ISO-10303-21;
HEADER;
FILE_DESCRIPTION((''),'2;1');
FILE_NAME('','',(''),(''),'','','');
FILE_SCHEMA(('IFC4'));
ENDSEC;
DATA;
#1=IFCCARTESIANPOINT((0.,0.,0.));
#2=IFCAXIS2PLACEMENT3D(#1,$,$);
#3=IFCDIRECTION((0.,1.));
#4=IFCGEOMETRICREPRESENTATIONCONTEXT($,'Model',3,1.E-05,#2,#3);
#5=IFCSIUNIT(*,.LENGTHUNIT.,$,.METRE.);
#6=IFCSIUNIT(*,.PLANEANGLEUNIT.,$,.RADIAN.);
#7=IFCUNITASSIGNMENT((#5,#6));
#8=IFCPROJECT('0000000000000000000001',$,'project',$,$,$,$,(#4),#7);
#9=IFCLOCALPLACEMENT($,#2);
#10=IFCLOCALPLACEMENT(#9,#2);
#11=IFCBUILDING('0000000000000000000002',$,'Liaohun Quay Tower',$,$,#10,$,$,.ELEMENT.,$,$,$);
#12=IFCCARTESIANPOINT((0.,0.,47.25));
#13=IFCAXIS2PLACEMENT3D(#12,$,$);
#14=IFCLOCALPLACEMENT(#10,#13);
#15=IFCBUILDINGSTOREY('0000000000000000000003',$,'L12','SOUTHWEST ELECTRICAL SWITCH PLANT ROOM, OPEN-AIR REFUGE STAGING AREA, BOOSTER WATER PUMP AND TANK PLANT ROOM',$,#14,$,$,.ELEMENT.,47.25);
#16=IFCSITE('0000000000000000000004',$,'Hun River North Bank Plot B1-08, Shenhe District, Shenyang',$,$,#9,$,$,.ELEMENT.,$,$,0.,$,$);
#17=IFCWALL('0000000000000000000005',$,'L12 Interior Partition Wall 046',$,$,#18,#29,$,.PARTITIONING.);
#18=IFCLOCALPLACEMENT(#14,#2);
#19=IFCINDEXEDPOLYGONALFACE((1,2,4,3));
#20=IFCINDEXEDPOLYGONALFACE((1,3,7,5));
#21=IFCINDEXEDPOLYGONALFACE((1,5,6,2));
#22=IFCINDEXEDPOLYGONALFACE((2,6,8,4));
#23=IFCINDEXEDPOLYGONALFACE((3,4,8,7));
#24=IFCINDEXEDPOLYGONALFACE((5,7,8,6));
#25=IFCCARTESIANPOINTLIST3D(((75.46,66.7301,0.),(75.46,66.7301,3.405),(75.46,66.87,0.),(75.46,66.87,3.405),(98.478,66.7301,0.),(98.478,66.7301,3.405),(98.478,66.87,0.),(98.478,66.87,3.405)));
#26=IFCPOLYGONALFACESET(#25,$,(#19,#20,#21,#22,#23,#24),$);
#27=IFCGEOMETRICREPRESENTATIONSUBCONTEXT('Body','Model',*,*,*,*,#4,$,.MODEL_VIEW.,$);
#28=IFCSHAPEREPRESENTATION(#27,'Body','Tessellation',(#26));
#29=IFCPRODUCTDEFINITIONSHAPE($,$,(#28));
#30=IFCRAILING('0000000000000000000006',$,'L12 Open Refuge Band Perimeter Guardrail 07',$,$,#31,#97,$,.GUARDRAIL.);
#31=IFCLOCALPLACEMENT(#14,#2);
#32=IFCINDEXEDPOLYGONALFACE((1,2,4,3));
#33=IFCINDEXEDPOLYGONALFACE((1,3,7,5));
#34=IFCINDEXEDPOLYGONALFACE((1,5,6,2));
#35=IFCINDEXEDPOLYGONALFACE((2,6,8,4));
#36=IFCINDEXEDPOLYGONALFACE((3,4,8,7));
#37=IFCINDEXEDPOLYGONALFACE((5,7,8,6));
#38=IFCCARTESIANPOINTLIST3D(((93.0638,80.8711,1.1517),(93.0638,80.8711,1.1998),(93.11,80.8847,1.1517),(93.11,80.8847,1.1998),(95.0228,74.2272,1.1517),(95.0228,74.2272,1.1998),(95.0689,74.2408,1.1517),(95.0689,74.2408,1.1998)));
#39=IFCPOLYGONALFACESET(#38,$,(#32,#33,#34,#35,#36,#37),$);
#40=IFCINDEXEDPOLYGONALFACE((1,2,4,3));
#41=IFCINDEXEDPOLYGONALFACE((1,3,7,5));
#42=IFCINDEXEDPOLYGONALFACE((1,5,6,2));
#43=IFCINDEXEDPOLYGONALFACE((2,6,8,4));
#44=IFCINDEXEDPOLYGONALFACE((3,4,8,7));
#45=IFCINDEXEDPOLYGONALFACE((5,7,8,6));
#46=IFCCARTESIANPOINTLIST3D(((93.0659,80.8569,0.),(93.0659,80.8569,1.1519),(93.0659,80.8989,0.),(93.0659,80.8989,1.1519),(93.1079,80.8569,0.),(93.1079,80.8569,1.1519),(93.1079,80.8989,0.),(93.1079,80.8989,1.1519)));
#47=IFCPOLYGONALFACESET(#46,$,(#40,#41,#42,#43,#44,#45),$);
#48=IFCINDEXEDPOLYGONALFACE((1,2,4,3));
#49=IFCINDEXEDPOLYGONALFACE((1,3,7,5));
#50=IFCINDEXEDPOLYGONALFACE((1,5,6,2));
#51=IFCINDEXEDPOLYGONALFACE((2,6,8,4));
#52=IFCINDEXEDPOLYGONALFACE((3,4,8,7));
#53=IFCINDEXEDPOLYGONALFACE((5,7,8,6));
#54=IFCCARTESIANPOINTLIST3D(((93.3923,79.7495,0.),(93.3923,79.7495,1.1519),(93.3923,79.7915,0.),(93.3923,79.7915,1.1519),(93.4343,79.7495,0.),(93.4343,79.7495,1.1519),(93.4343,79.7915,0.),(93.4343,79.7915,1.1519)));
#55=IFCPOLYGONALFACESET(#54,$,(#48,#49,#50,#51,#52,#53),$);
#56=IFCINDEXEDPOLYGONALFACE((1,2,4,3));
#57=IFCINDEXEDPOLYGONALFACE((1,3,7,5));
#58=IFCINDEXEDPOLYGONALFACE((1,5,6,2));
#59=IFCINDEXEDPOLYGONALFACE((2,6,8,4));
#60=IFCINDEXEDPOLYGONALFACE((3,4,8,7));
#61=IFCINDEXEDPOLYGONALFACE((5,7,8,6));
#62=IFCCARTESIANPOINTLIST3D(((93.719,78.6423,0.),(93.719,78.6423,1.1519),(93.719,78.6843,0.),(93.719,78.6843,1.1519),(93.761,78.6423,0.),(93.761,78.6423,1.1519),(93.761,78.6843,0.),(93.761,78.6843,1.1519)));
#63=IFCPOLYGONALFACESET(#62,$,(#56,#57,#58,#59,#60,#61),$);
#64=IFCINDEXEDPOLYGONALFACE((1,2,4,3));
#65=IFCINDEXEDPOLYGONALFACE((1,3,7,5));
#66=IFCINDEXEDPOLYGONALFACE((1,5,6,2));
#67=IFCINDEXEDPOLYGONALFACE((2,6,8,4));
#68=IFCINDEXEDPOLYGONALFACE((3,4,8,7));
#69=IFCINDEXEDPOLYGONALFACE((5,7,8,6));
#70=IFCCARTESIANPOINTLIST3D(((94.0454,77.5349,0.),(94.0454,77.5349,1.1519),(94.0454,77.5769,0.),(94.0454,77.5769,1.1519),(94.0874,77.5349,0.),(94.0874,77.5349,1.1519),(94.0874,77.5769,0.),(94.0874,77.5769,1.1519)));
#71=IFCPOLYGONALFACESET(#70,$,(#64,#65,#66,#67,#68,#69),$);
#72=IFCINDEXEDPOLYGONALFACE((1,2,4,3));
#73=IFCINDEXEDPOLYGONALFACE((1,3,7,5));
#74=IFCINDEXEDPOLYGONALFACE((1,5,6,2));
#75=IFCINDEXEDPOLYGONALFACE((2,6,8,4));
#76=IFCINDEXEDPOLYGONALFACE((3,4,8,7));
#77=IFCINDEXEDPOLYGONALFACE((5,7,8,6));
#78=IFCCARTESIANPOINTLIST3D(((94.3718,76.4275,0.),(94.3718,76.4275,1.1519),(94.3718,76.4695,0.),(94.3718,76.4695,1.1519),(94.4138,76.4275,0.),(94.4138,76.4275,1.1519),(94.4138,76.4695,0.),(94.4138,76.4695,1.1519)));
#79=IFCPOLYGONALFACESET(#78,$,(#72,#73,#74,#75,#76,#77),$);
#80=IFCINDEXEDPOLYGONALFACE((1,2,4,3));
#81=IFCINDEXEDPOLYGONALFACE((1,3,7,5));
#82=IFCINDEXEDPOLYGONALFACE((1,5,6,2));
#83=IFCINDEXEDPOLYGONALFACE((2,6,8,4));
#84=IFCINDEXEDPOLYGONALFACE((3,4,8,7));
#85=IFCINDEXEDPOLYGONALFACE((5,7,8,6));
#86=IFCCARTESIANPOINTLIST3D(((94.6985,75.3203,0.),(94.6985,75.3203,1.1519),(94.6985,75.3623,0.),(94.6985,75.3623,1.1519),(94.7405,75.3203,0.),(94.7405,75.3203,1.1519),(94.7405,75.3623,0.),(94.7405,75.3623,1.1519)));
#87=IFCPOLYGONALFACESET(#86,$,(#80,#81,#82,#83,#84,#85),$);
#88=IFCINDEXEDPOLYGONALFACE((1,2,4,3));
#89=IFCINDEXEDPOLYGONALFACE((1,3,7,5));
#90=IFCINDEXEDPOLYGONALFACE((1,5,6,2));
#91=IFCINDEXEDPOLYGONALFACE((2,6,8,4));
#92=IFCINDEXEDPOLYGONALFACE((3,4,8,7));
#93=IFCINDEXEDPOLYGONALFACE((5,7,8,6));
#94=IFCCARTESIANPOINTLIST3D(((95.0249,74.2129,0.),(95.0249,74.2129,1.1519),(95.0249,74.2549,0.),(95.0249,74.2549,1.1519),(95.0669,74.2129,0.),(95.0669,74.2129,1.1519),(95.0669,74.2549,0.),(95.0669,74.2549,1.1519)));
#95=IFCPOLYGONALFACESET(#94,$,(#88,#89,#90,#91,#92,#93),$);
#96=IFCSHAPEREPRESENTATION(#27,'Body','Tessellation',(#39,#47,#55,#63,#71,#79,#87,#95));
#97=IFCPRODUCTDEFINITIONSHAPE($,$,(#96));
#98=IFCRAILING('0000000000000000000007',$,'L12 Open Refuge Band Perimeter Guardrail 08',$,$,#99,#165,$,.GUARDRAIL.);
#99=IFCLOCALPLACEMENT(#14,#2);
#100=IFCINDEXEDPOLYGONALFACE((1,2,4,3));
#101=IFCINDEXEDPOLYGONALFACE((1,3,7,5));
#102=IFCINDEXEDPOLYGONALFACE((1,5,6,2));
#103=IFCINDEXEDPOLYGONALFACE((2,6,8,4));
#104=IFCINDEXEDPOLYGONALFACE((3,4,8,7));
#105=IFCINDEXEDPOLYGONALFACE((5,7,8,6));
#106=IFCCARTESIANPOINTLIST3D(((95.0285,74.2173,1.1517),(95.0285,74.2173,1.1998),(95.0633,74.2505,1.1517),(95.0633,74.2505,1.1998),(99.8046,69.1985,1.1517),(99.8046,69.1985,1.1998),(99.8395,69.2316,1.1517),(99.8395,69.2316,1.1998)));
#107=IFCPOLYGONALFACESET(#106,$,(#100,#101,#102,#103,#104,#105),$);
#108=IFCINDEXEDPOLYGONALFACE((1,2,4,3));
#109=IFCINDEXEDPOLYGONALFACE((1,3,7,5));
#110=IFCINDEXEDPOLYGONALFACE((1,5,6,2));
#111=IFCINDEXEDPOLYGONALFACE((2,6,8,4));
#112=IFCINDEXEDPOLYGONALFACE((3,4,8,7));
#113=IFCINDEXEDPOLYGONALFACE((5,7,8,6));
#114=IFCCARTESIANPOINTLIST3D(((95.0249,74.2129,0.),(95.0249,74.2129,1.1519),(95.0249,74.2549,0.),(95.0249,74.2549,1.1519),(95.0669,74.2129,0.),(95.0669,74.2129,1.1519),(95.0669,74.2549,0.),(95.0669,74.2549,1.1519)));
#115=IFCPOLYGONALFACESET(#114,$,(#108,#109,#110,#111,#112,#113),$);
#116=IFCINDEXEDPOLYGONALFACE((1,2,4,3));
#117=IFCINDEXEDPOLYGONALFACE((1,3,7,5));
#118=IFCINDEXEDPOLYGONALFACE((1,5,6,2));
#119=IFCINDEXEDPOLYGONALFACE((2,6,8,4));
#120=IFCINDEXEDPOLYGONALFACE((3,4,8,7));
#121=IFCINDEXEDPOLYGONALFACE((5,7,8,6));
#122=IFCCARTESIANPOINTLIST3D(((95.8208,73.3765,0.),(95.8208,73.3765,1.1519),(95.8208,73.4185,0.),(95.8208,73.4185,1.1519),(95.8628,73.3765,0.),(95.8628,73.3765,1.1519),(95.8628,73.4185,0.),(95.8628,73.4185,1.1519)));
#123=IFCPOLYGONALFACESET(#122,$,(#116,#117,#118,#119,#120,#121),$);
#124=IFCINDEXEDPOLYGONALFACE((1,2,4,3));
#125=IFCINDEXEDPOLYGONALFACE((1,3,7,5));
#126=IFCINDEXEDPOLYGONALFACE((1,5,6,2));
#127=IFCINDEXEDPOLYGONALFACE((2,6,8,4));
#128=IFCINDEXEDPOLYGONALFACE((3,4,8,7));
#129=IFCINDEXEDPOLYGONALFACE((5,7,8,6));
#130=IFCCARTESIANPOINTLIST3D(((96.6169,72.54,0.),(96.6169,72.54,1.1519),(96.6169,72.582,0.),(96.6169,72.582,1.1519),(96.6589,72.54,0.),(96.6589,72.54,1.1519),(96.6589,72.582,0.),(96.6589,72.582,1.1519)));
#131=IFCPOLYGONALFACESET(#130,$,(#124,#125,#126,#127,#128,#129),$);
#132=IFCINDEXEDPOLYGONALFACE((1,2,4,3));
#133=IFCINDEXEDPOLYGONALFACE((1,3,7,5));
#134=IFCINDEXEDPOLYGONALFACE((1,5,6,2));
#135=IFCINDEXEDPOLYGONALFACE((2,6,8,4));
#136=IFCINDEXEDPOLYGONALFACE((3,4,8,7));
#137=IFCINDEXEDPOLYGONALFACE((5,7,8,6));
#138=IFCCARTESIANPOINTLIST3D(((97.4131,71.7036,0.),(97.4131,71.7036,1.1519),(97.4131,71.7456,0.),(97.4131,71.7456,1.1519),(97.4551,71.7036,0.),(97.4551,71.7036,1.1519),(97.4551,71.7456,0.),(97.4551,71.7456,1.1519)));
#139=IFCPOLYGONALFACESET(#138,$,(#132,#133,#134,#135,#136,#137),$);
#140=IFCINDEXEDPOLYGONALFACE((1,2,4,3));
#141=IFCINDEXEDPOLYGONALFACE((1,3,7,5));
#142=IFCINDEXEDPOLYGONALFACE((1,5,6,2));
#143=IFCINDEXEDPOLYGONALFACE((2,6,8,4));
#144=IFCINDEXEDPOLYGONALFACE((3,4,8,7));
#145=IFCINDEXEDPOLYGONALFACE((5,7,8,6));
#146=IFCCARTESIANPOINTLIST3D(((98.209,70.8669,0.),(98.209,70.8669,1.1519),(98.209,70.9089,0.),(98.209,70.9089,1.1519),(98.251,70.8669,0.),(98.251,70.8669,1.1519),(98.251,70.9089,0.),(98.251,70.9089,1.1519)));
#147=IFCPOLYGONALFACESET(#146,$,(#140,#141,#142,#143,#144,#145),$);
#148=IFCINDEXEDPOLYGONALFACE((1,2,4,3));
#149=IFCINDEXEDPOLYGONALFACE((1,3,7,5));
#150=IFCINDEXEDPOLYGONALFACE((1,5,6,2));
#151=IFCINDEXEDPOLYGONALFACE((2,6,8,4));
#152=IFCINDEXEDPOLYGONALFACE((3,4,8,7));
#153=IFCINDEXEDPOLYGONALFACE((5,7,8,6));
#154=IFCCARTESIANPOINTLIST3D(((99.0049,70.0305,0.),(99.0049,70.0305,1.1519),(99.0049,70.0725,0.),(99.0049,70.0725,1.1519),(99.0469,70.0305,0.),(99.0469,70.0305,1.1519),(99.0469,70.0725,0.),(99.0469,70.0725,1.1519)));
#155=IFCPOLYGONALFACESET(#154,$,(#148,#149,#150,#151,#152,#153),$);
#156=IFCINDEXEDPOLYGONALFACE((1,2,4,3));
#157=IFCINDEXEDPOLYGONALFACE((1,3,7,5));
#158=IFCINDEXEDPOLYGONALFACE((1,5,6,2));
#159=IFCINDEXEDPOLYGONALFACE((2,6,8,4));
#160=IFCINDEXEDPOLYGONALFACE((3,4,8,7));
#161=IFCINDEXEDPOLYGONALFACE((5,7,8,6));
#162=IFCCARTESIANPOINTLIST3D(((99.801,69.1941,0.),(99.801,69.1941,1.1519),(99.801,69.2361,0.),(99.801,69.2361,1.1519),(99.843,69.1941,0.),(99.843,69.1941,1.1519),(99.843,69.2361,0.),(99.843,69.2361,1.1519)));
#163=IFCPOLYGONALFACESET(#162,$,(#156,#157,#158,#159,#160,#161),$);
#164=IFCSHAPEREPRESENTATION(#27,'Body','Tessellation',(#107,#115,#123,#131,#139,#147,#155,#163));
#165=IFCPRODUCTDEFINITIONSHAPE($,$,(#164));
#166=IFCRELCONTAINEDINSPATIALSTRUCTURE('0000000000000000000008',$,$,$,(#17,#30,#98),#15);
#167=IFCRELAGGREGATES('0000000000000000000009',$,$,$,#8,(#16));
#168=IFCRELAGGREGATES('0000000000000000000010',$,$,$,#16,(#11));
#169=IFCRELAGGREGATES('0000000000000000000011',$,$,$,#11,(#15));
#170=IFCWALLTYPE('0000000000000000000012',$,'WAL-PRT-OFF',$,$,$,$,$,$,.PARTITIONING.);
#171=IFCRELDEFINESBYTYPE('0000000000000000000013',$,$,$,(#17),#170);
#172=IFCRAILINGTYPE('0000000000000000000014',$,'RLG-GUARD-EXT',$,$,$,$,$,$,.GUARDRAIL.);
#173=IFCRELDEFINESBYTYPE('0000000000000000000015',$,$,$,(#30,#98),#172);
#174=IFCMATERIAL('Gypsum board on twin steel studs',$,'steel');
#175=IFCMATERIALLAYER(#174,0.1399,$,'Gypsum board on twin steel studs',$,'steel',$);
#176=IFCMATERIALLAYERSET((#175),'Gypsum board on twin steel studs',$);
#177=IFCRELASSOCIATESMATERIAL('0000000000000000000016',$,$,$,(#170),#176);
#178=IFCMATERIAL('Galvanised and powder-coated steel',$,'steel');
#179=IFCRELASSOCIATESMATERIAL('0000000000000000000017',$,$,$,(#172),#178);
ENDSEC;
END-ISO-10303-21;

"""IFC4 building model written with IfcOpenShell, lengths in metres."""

from ifc_helpers import new_model, si_unit, direction, frame, frame_2d, origin, origin_2d, place, context, subcontext, project, spatial, rectangle, extrude, material, layer, layer_set, type_object, element, save


model = new_model("IFC4")

# Units and contexts
model_context = context("Model", 3, precision=1e-05, world=origin(), true_north=direction((0.0, 1.0)))
body_context = subcontext(model_context, "Body", "Model", "MODEL_VIEW")
ifc_project = project(units=[si_unit("LENGTHUNIT", "METRE"), si_unit("PLANEANGLEUNIT", "RADIAN")], contexts=[model_context])

# Site, building, storey
site_placement = place(None, origin())
site = spatial("IfcSite", under=ifc_project, at=site_placement, Name="Hun River North Bank Plot B1-08, Shenhe District, Shenyang", CompositionType="ELEMENT", RefElevation=0.0)
building_placement = place(site_placement, origin())
building = spatial("IfcBuilding", under=site, at=building_placement, Name="Liaohun Quay Tower", CompositionType="ELEMENT")
storey_placement = place(building_placement, frame((0.0, 0.0, 47.25)))
storey = spatial("IfcBuildingStorey", under=building, at=storey_placement, Name="L12", Description="SOUTHWEST ELECTRICAL SWITCH PLANT ROOM, OPEN-AIR REFUGE STAGING AREA, BOOSTER WATER PUMP AND TANK PLANT ROOM", CompositionType="ELEMENT", Elevation=47.25)

# Wall
ifc_material_1 = material(Name="Gypsum board on twin steel studs", Category="steel")
ifc_layer_1 = layer(ifc_material_1, 0.1399, Name="Gypsum board on twin steel studs", Category="steel")
ifc_layer_set_1 = layer_set([ifc_layer_1], Name="Gypsum board on twin steel studs")
wall_type_1 = type_object("IfcWallType", Name="WAL-PRT-OFF", PredefinedType="PARTITIONING", material=ifc_layer_set_1)
wall_1_placement = place(storey_placement, frame((75.46, 66.8, 0.0), z_axis=(0.0, 0.0, 1.0), x_axis=(1.0, 0.0, 0.0)))
element("IfcWall", 1, at=wall_1_placement, inside=storey, type_object=wall_type_1, Name="L12 Interior Partition Wall 046", PredefinedType="PARTITIONING", context=body_context, shape_type="SweptSolid", body=[
    extrude(rectangle(XDim=23.0181, YDim=0.1399, at=frame_2d((11.509, 0.0))), origin(), (0.0, 0.0, 1.0), 3.405),
])

# Railings
ifc_material_2 = material(Name="Galvanised and powder-coated steel", Category="steel")
railing_type = type_object("IfcRailingType", Name="RLG-GUARD-EXT", PredefinedType="GUARDRAIL", material=ifc_material_2)
railing_1_placement = place(storey_placement, frame((93.0869, 80.8779, 0.0)))
element("IfcRailing", 2, at=railing_1_placement, inside=storey, type_object=railing_type, Name="L12 Open Refuge Band Perimeter Guardrail 07", PredefinedType="GUARDRAIL", context=body_context, shape_type="SweptSolid", body=[
    extrude(rectangle(XDim=0.0481, YDim=0.0481, at=origin_2d()), frame((0.0, 0.0, 1.1758), z_axis=(0.282811, -0.959176, 0.0), x_axis=(0.959176, 0.282811, 0.0)), (0.0, 0.0, 1.0), 6.9268),
    extrude(rectangle(XDim=0.042, YDim=0.042, at=origin_2d()), origin(), (0.0, 0.0, 1.0), 1.1519),
    extrude(rectangle(XDim=0.042, YDim=0.042, at=origin_2d()), frame((0.3264, -1.1074, 0.0)), (0.0, 0.0, 1.0), 1.1519),
    extrude(rectangle(XDim=0.042, YDim=0.042, at=origin_2d()), frame((0.6531, -2.2146, 0.0)), (0.0, 0.0, 1.0), 1.1519),
    extrude(rectangle(XDim=0.042, YDim=0.042, at=origin_2d()), frame((0.9795, -3.322, 0.0)), (0.0, 0.0, 1.0), 1.1519),
    extrude(rectangle(XDim=0.042, YDim=0.042, at=origin_2d()), frame((1.3059, -4.4294, 0.0)), (0.0, 0.0, 1.0), 1.1519),
    extrude(rectangle(XDim=0.042, YDim=0.042, at=origin_2d()), frame((1.6326, -5.5366, 0.0)), (0.0, 0.0, 1.0), 1.1519),
    extrude(rectangle(XDim=0.042, YDim=0.042, at=origin_2d()), frame((1.959, -6.644, 0.0)), (0.0, 0.0, 1.0), 1.1519),
])
railing_2_placement = place(storey_placement, frame((95.0459, 74.2339, 0.0)))
element("IfcRailing", 3, at=railing_2_placement, inside=storey, type_object=railing_type, Name="L12 Open Refuge Band Perimeter Guardrail 08", PredefinedType="GUARDRAIL", context=body_context, shape_type="SweptSolid", body=[
    extrude(rectangle(XDim=0.0481, YDim=0.0481, at=origin_2d()), frame((0.0, 0.0, 1.1758), z_axis=(0.689376, -0.724404, 0.0), x_axis=(0.724404, 0.689376, 0.0)), (0.0, 0.0, 1.0), 6.9282),
    extrude(rectangle(XDim=0.042, YDim=0.042, at=origin_2d()), origin(), (0.0, 0.0, 1.0), 1.1519),
    extrude(rectangle(XDim=0.042, YDim=0.042, at=origin_2d()), frame((0.7959, -0.8364, 0.0)), (0.0, 0.0, 1.0), 1.1519),
    extrude(rectangle(XDim=0.042, YDim=0.042, at=origin_2d()), frame((1.592, -1.6729, 0.0)), (0.0, 0.0, 1.0), 1.1519),
    extrude(rectangle(XDim=0.042, YDim=0.042, at=origin_2d()), frame((2.3882, -2.5093, 0.0)), (0.0, 0.0, 1.0), 1.1519),
    extrude(rectangle(XDim=0.042, YDim=0.042, at=origin_2d()), frame((3.1841, -3.3459, 0.0)), (0.0, 0.0, 1.0), 1.1519),
    extrude(rectangle(XDim=0.042, YDim=0.042, at=origin_2d()), frame((3.98, -4.1824, 0.0)), (0.0, 0.0, 1.0), 1.1519),
    extrude(rectangle(XDim=0.042, YDim=0.042, at=origin_2d()), frame((4.7761, -5.0188, 0.0)), (0.0, 0.0, 1.0), 1.1519),
])

save(model, "model.ifc")
